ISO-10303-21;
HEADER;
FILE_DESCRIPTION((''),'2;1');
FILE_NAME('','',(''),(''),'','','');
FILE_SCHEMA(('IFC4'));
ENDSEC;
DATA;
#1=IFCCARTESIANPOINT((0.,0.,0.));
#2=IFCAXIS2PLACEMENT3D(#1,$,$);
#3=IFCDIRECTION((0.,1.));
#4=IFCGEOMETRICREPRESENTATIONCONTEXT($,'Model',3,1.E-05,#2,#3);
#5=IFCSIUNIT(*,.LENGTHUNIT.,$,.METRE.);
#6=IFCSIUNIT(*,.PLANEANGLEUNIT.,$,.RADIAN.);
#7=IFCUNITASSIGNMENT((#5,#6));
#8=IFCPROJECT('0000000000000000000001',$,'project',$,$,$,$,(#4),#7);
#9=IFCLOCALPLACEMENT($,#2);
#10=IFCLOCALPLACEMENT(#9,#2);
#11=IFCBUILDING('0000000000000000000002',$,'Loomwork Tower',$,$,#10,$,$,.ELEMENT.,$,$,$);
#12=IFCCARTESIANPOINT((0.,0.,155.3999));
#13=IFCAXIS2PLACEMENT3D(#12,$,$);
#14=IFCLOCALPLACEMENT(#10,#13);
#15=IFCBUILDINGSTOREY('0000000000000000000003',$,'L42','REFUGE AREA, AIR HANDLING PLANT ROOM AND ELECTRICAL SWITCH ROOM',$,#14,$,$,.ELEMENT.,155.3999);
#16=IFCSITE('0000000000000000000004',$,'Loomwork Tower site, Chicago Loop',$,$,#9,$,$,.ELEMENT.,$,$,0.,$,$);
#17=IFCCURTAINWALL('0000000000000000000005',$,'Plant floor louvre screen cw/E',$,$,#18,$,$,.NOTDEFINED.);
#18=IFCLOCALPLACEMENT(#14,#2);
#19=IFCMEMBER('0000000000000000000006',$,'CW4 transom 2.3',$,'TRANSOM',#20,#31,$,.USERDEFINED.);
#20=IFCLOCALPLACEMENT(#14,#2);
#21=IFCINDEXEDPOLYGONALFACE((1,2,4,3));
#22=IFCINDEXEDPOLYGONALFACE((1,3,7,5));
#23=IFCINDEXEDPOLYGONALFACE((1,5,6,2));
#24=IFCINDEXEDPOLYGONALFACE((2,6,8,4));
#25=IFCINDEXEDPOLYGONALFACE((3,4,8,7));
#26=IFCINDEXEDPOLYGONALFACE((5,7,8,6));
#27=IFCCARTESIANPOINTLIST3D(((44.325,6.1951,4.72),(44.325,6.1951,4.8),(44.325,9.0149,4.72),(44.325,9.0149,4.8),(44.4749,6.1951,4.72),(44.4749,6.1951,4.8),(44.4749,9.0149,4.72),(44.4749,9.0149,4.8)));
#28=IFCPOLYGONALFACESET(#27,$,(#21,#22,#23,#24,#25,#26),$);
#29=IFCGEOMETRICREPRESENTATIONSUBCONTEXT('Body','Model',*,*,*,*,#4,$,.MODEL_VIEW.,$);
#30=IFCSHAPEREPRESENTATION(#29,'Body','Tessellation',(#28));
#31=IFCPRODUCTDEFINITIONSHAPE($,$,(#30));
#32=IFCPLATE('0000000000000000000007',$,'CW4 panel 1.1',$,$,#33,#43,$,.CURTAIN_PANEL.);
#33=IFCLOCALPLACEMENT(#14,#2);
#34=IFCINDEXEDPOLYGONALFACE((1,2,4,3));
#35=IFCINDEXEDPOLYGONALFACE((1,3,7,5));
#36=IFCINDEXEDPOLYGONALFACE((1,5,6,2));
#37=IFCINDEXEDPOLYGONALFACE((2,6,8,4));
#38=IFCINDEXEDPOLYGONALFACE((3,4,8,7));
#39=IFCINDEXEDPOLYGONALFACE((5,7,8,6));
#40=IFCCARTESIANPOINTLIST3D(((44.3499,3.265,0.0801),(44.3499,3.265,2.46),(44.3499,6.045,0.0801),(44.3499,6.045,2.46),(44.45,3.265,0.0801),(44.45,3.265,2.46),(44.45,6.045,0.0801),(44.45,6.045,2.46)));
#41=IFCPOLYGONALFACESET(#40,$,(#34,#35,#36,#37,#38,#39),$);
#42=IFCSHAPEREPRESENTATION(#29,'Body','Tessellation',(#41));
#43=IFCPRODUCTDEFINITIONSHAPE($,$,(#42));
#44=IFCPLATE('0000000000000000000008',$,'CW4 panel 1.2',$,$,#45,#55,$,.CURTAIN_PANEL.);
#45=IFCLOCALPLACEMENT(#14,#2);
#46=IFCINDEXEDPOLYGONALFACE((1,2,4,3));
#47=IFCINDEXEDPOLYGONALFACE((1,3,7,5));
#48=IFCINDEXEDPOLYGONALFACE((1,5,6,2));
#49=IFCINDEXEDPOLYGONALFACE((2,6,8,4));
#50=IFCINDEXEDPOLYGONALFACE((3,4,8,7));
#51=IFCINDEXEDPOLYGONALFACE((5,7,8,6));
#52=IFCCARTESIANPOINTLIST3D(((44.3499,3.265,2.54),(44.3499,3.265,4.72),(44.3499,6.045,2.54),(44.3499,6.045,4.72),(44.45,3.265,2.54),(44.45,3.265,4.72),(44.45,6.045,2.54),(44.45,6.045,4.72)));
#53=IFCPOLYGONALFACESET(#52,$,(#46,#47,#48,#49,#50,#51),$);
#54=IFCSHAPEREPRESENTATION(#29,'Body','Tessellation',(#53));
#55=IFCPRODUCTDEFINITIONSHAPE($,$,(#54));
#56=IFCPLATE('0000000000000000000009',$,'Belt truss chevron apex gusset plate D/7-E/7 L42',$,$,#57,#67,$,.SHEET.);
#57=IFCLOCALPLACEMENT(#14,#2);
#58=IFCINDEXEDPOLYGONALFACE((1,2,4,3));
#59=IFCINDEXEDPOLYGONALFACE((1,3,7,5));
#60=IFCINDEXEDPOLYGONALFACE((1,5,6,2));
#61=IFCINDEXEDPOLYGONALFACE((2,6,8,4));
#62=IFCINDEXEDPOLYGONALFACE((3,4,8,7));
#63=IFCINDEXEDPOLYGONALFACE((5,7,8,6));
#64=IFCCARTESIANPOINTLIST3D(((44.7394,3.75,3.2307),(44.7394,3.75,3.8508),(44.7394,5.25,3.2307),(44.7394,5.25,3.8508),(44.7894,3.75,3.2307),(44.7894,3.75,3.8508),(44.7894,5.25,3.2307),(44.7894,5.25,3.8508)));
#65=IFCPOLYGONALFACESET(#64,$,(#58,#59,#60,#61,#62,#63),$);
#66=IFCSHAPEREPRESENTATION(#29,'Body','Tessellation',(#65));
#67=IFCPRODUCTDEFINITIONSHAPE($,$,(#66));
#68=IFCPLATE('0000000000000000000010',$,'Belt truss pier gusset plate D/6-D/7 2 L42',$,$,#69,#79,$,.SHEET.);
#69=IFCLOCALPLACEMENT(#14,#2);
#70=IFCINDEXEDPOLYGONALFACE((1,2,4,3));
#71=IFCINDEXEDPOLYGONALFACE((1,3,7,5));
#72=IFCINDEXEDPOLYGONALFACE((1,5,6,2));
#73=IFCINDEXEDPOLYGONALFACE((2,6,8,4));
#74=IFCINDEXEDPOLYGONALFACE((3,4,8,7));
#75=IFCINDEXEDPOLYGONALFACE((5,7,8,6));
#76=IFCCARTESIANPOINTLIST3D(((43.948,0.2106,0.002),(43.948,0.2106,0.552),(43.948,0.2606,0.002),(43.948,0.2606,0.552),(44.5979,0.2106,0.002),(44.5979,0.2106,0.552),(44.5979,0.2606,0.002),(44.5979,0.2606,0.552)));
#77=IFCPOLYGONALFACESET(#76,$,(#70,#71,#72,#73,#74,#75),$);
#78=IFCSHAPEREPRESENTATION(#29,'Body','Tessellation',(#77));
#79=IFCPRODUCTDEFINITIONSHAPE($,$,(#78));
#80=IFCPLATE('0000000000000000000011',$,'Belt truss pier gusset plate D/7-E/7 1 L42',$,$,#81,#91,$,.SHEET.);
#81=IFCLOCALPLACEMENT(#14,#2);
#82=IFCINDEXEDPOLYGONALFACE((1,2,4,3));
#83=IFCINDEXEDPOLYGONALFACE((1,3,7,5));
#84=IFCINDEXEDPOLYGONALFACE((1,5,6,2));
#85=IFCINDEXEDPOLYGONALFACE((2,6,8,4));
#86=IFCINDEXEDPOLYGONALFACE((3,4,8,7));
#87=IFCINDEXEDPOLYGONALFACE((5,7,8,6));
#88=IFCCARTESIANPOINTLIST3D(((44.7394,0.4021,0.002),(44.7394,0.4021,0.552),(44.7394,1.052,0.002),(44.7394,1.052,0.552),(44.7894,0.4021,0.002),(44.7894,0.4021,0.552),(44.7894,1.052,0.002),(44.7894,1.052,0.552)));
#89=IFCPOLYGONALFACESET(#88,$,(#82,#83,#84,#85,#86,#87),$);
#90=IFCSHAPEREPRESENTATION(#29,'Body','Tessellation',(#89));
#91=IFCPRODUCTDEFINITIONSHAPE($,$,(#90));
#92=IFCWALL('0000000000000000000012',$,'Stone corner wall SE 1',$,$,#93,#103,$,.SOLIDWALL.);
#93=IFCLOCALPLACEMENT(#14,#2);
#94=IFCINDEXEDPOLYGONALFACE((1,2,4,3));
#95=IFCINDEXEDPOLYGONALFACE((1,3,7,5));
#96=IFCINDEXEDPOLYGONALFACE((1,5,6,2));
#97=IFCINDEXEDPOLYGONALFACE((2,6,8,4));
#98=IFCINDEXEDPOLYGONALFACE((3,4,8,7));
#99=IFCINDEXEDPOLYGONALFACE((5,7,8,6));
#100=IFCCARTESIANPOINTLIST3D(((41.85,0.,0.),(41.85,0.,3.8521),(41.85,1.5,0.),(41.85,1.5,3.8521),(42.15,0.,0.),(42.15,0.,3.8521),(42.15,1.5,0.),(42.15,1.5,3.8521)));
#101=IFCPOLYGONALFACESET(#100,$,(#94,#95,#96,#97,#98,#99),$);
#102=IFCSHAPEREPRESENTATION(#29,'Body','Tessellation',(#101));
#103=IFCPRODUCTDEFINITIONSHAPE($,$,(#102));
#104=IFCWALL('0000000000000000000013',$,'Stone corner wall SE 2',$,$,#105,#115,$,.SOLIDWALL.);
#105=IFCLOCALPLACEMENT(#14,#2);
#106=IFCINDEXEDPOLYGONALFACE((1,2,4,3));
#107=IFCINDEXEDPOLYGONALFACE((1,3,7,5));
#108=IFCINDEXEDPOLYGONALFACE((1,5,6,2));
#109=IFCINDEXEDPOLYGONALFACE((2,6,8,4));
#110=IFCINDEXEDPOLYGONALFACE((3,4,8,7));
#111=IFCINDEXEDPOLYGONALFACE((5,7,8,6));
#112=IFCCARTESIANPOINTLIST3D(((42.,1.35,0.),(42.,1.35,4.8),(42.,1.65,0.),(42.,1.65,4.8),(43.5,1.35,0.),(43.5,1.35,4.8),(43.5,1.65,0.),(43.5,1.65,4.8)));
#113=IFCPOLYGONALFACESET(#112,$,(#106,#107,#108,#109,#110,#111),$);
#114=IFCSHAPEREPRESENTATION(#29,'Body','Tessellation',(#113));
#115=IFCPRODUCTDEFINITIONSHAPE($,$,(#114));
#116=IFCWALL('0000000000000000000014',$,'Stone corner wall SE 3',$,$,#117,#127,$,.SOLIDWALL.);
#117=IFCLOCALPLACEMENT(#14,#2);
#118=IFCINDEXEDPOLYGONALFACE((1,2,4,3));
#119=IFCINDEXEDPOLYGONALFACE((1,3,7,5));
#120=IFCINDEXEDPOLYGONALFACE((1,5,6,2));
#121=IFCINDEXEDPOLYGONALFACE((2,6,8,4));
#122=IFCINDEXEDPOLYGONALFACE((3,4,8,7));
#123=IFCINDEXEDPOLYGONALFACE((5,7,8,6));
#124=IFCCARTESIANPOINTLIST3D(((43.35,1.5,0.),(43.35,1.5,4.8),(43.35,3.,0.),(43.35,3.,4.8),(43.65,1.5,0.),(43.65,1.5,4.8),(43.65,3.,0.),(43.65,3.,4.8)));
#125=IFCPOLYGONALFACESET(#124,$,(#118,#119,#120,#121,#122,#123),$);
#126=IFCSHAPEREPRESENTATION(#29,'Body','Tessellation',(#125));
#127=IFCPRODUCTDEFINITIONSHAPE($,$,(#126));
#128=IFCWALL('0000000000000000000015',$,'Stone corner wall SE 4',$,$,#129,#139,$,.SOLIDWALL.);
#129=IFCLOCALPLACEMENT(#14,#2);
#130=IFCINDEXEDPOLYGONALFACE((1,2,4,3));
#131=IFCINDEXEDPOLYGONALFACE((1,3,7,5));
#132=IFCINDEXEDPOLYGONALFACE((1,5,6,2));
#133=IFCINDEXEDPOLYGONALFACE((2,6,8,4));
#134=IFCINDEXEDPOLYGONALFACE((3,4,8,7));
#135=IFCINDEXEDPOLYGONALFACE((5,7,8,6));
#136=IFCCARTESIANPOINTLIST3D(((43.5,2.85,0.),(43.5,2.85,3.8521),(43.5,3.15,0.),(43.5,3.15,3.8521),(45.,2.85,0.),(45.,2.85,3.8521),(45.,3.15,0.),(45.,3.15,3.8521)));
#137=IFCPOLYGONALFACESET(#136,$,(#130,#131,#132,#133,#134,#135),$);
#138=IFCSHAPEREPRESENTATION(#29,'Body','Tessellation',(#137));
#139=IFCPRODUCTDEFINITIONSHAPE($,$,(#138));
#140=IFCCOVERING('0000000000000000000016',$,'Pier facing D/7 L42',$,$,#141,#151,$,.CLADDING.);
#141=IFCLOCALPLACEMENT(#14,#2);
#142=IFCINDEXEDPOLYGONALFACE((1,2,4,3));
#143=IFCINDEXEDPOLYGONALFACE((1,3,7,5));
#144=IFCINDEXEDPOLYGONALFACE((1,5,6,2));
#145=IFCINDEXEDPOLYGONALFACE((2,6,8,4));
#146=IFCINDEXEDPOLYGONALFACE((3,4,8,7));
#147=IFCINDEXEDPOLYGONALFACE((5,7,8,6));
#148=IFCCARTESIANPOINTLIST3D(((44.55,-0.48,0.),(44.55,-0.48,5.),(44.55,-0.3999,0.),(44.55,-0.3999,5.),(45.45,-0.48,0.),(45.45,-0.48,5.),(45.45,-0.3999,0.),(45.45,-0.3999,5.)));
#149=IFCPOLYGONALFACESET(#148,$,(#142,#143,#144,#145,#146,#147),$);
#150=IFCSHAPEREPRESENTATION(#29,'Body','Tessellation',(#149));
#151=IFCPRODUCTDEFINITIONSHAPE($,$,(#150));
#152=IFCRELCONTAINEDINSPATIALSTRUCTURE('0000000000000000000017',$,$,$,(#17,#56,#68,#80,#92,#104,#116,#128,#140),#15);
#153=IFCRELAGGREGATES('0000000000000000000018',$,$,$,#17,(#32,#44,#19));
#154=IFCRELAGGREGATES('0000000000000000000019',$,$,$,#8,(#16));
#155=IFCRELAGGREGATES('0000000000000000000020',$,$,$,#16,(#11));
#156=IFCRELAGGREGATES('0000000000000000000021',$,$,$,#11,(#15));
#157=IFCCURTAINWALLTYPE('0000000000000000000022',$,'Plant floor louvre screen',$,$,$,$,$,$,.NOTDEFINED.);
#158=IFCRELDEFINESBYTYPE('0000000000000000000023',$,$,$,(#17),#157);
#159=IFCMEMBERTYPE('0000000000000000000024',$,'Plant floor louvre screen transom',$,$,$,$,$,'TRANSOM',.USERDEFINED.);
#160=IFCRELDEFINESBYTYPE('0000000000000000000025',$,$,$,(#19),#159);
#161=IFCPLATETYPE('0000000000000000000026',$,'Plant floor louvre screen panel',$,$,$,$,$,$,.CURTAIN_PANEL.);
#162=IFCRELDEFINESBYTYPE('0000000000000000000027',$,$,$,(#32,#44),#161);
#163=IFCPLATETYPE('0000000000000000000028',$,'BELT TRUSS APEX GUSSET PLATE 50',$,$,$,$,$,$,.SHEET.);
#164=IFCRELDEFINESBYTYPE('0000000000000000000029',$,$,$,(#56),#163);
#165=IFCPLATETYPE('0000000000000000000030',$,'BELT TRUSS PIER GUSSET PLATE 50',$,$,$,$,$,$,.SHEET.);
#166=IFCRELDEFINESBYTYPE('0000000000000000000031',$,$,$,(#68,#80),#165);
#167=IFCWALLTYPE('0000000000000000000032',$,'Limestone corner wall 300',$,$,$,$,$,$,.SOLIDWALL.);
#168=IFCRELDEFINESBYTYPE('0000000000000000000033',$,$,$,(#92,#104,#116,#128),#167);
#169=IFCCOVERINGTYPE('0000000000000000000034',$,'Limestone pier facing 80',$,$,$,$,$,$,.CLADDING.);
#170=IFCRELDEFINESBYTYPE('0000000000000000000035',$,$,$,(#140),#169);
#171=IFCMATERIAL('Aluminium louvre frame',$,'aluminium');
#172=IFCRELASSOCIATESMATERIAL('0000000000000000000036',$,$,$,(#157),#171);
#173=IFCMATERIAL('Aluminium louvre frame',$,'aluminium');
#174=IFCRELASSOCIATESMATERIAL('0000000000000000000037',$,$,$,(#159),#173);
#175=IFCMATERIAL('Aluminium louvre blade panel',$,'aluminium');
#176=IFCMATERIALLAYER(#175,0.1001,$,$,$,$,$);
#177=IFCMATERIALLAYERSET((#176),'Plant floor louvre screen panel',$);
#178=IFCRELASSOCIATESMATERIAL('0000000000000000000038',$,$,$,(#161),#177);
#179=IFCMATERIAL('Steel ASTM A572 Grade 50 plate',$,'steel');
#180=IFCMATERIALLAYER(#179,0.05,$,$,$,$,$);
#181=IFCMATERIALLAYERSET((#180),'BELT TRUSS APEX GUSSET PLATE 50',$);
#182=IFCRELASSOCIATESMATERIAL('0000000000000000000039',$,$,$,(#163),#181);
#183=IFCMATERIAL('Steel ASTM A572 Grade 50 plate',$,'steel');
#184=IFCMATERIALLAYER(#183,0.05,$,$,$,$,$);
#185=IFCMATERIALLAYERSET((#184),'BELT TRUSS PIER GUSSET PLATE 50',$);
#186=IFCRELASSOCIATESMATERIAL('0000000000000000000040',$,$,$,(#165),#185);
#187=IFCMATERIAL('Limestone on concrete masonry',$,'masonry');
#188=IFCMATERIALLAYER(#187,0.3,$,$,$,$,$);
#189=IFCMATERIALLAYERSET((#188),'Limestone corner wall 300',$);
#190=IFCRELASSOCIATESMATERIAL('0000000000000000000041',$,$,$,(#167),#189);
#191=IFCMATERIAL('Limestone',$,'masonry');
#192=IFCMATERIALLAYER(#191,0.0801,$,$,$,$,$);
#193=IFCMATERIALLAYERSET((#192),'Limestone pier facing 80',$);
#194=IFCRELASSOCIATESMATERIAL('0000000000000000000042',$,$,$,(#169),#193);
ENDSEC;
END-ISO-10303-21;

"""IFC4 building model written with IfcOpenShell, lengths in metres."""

from ifc_helpers import new_model, si_unit, direction, frame, frame_2d, origin, origin_2d, place, context, subcontext, project, spatial, rectangle, extrude, material, layer, layer_set, material_profile, profile_set, type_object, element, aggregate, save


model = new_model("IFC4")

# Units and contexts
model_context = context("Model", 3, precision=1e-05, world=origin(), true_north=direction((0.0, 1.0)))
body_context = subcontext(model_context, "Body", "Model", "MODEL_VIEW")
ifc_project = project(units=[si_unit("LENGTHUNIT", "METRE"), si_unit("PLANEANGLEUNIT", "RADIAN")], contexts=[model_context])

# Site, building, storey
site_placement = place(None, origin())
site = spatial("IfcSite", under=ifc_project, at=site_placement, Name="Loomwork Tower site, Chicago Loop", CompositionType="ELEMENT", RefElevation=0.0)
building_placement = place(site_placement, origin())
building = spatial("IfcBuilding", under=site, at=building_placement, Name="Loomwork Tower", CompositionType="ELEMENT")
storey_placement = place(building_placement, frame((0.0, 0.0, 155.3999)))
storey = spatial("IfcBuildingStorey", under=building, at=storey_placement, Name="L42", Description="REFUGE AREA, AIR HANDLING PLANT ROOM AND ELECTRICAL SWITCH ROOM", CompositionType="ELEMENT", Elevation=155.3999)

# Curtain wall, member, plates
ifc_material_1 = material(Name="Aluminium louvre frame", Category="aluminium")
curtain_wall_type = type_object("IfcCurtainWallType", Name="Plant floor louvre screen", PredefinedType="NOTDEFINED", material=ifc_material_1)
curtain_wall_placement = place(storey_placement, origin())
curtain_wall = element("IfcCurtainWall", 1, at=curtain_wall_placement, inside=storey, type_object=curtain_wall_type, Name="Plant floor louvre screen cw/E", PredefinedType="NOTDEFINED")
ifc_material_2 = material(Name="Aluminium louvre frame", Category="aluminium")
ifc_material_profile_1 = material_profile(ifc_material_2, rectangle(XDim=0.1499, YDim=0.0801, at=origin_2d()), Name="AL 80x150")
ifc_profile_set_1 = profile_set([ifc_material_profile_1], Name="Aluminium louvre frame")
member_type_1 = type_object("IfcMemberType", Name="Plant floor louvre screen transom", ElementType="TRANSOM", PredefinedType="USERDEFINED", material=ifc_profile_set_1)
member_1_placement = place(storey_placement, frame((44.3999, 6.1951, 4.76), z_axis=(0.0, 1.0, 0.0), x_axis=(-1.0, 0.0, 0.0)))
member_1 = element("IfcMember", 2, at=member_1_placement, type_object=member_type_1, Name="CW4 transom 2.3", ObjectType="TRANSOM", PredefinedType="USERDEFINED", context=body_context, shape_type="SweptSolid", body=[
    extrude(rectangle(XDim=0.1499, YDim=0.0801, at=origin_2d()), origin(), (0.0, 0.0, 1.0), 2.8198),
])
ifc_material_3 = material(Name="Aluminium louvre blade panel", Category="aluminium")
ifc_layer_1 = layer(ifc_material_3, 0.1001)
ifc_layer_set_1 = layer_set([ifc_layer_1], Name="Plant floor louvre screen panel")
plate_type_1 = type_object("IfcPlateType", Name="Plant floor louvre screen panel", PredefinedType="CURTAIN_PANEL", material=ifc_layer_set_1)
plate_1_placement = place(storey_placement, frame((44.3999, 4.655, 0.0801), z_axis=(0.0, 0.0, 1.0), x_axis=(0.0, 1.0, 0.0)))
plate_1 = element("IfcPlate", 3, at=plate_1_placement, type_object=plate_type_1, Name="CW4 panel 1.1", PredefinedType="CURTAIN_PANEL", context=body_context, shape_type="SweptSolid", body=[
    extrude(rectangle(XDim=2.78, YDim=0.1001, at=origin_2d()), origin(), (0.0, 0.0, 1.0), 2.3799),
])
plate_2_placement = place(storey_placement, frame((44.3999, 4.655, 2.54), z_axis=(0.0, 0.0, 1.0), x_axis=(0.0, 1.0, 0.0)))
plate_2 = element("IfcPlate", 4, at=plate_2_placement, type_object=plate_type_1, Name="CW4 panel 1.2", PredefinedType="CURTAIN_PANEL", context=body_context, shape_type="SweptSolid", body=[
    extrude(rectangle(XDim=2.78, YDim=0.1001, at=origin_2d()), origin(), (0.0, 0.0, 1.0), 2.1799),
])
aggregate(curtain_wall, [plate_1, plate_2, member_1])

# Plates
ifc_material_4 = material(Name="Steel ASTM A572 Grade 50 plate", Category="steel")
ifc_layer_2 = layer(ifc_material_4, 0.05)
ifc_layer_set_2 = layer_set([ifc_layer_2], Name="BELT TRUSS APEX GUSSET PLATE 50")
plate_type_2 = type_object("IfcPlateType", Name="BELT TRUSS APEX GUSSET PLATE 50", PredefinedType="SHEET", material=ifc_layer_set_2)
plate_3_placement = place(storey_placement, frame((44.7644, 4.5, 3.2307), z_axis=(0.0, 0.0, 1.0), x_axis=(0.0, 1.0, 0.0)))
element("IfcPlate", 5, at=plate_3_placement, inside=storey, type_object=plate_type_2, Name="Belt truss chevron apex gusset plate D/7-E/7 L42", PredefinedType="SHEET", context=body_context, shape_type="SweptSolid", body=[
    extrude(rectangle(XDim=1.5, YDim=0.05, at=origin_2d()), origin(), (0.0, 0.0, 1.0), 0.6201),
])
ifc_material_5 = material(Name="Steel ASTM A572 Grade 50 plate", Category="steel")
ifc_layer_3 = layer(ifc_material_5, 0.05)
ifc_layer_set_3 = layer_set([ifc_layer_3], Name="BELT TRUSS PIER GUSSET PLATE 50")
plate_type_3 = type_object("IfcPlateType", Name="BELT TRUSS PIER GUSSET PLATE 50", PredefinedType="SHEET", material=ifc_layer_set_3)
for number, where, z_axis, x_axis, name in (
    (6, (44.2729, 0.2356, 0.002), (0.0, 0.0, 1.0), (1.0, 0.0, 0.0), "Belt truss pier gusset plate D/6-D/7 2 L42"),
    (7, (44.7644, 0.7271, 0.002), (0.0, 0.0, 1.0), (0.0, 1.0, 0.0), "Belt truss pier gusset plate D/7-E/7 1 L42"),
):
    element("IfcPlate", number, at=place(storey_placement, frame(where, z_axis=z_axis, x_axis=x_axis)), inside=storey, type_object=plate_type_3, Name=name, PredefinedType="SHEET", context=body_context, shape_type="SweptSolid", body=[
        extrude(rectangle(XDim=0.6499, YDim=0.05, at=origin_2d()), origin(), (0.0, 0.0, 1.0), 0.55),
    ])

# Walls
ifc_material_6 = material(Name="Limestone on concrete masonry", Category="masonry")
ifc_layer_4 = layer(ifc_material_6, 0.3)
ifc_layer_set_4 = layer_set([ifc_layer_4], Name="Limestone corner wall 300")
wall_type = type_object("IfcWallType", Name="Limestone corner wall 300", PredefinedType="SOLIDWALL", material=ifc_layer_set_4)
wall_1_placement = place(storey_placement, frame((42.0, 0.0, 0.0), z_axis=(0.0, 0.0, 1.0), x_axis=(0.0, 1.0, 0.0)))
element("IfcWall", 8, at=wall_1_placement, inside=storey, type_object=wall_type, Name="Stone corner wall SE 1", PredefinedType="SOLIDWALL", context=body_context, shape_type="SweptSolid", body=[
    extrude(rectangle(XDim=1.5, YDim=0.3, at=frame_2d((0.75, 0.0))), origin(), (0.0, 0.0, 1.0), 3.8521),
])
for number, where, z_axis, x_axis, name in (
    (9, (42.0, 1.5, 0.0), (0.0, 0.0, 1.0), (1.0, 0.0, 0.0), "Stone corner wall SE 2"),
    (10, (43.5, 1.5, 0.0), (0.0, 0.0, 1.0), (0.0, 1.0, 0.0), "Stone corner wall SE 3"),
):
    element("IfcWall", number, at=place(storey_placement, frame(where, z_axis=z_axis, x_axis=x_axis)), inside=storey, type_object=wall_type, Name=name, PredefinedType="SOLIDWALL", context=body_context, shape_type="SweptSolid", body=[
        extrude(rectangle(XDim=1.5, YDim=0.3, at=frame_2d((0.75, 0.0))), origin(), (0.0, 0.0, 1.0), 4.8),
    ])
wall_2_placement = place(storey_placement, frame((43.5, 3.0, 0.0), z_axis=(0.0, 0.0, 1.0), x_axis=(1.0, 0.0, 0.0)))
element("IfcWall", 11, at=wall_2_placement, inside=storey, type_object=wall_type, Name="Stone corner wall SE 4", PredefinedType="SOLIDWALL", context=body_context, shape_type="SweptSolid", body=[
    extrude(rectangle(XDim=1.5, YDim=0.3, at=frame_2d((0.75, 0.0))), origin(), (0.0, 0.0, 1.0), 3.8521),
])

# Covering
ifc_material_7 = material(Name="Limestone", Category="masonry")
ifc_layer_5 = layer(ifc_material_7, 0.0801)
ifc_layer_set_5 = layer_set([ifc_layer_5], Name="Limestone pier facing 80")
covering_type = type_object("IfcCoveringType", Name="Limestone pier facing 80", PredefinedType="CLADDING", material=ifc_layer_set_5)
covering_placement = place(storey_placement, frame((45.0, -0.4399, 0.0), z_axis=(0.0, 0.0, 1.0), x_axis=(1.0, 0.0, 0.0)))
element("IfcCovering", 12, at=covering_placement, inside=storey, type_object=covering_type, Name="Pier facing D/7 L42", PredefinedType="CLADDING", context=body_context, shape_type="SweptSolid", body=[
    extrude(rectangle(XDim=0.8999, YDim=0.0801, at=origin_2d()), origin(), (0.0, 0.0, 1.0), 5.0),
])

save(model, "model.ifc")
